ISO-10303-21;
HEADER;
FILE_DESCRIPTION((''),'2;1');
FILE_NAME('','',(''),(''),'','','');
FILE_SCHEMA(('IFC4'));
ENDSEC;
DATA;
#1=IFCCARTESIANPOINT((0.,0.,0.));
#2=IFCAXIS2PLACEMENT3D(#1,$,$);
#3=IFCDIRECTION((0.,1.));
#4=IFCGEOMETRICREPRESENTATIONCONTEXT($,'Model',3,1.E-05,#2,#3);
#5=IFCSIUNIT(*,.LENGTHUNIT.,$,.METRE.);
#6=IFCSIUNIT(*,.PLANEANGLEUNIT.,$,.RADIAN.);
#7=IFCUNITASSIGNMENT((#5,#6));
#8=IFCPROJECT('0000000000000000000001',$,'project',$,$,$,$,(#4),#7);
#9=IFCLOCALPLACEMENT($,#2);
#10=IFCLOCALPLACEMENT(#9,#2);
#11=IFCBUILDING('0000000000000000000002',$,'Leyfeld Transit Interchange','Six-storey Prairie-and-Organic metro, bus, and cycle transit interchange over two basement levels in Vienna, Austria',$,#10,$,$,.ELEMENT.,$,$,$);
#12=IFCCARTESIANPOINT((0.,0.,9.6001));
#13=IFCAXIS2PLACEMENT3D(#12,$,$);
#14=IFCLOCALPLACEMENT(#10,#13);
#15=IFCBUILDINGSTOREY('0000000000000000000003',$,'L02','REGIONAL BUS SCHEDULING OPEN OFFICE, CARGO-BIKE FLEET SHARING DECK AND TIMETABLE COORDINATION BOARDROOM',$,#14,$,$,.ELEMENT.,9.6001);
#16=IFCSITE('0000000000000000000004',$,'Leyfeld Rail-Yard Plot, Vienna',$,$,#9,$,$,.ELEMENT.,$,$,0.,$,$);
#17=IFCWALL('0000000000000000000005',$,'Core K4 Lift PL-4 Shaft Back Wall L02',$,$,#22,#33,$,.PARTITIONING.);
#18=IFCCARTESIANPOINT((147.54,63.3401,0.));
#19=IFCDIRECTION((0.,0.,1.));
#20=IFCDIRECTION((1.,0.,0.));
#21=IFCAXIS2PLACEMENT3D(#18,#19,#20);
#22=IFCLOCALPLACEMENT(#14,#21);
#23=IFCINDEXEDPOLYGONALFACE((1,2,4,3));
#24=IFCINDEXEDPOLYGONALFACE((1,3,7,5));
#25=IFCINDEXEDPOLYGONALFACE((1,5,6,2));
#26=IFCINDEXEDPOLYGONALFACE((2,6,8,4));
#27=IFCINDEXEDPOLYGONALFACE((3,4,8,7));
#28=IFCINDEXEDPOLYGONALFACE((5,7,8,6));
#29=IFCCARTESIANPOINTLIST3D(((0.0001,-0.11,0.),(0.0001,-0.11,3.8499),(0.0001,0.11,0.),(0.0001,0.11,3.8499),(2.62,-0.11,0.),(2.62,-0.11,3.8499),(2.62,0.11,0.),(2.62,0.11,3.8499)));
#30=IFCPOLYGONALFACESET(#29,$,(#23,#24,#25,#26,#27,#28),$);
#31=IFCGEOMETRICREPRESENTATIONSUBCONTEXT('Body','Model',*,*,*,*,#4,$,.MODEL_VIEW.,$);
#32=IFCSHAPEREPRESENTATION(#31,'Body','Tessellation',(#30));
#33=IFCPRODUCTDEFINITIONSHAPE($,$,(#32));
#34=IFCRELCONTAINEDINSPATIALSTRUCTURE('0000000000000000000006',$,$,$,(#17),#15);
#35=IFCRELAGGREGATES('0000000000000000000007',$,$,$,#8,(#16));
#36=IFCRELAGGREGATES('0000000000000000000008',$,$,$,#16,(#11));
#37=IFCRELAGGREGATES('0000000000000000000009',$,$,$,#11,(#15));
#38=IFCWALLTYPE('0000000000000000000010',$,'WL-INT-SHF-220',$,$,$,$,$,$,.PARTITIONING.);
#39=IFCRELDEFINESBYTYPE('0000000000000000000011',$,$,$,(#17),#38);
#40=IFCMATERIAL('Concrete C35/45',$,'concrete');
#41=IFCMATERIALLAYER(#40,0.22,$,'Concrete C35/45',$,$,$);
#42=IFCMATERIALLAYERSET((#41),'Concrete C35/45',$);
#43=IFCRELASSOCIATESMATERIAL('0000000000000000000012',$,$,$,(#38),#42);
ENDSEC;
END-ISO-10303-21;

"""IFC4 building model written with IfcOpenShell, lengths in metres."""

from ifc_helpers import new_model, si_unit, direction, frame, frame_2d, origin, place, context, subcontext, project, spatial, rectangle, extrude, material, layer, layer_set, type_object, element, save


model = new_model("IFC4")

# Units and contexts
model_context = context("Model", 3, precision=1e-05, world=origin(), true_north=direction((0.0, 1.0)))
body_context = subcontext(model_context, "Body", "Model", "MODEL_VIEW")
ifc_project = project(units=[si_unit("LENGTHUNIT", "METRE"), si_unit("PLANEANGLEUNIT", "RADIAN")], contexts=[model_context])

# Site, building, storey
site_placement = place(None, origin())
site = spatial("IfcSite", under=ifc_project, at=site_placement, Name="Leyfeld Rail-Yard Plot, Vienna", CompositionType="ELEMENT", RefElevation=0.0)
building_placement = place(site_placement, origin())
building = spatial("IfcBuilding", under=site, at=building_placement, Name="Leyfeld Transit Interchange", Description="Six-storey Prairie-and-Organic metro, bus, and cycle transit interchange over two basement levels in Vienna, Austria", CompositionType="ELEMENT")
storey_placement = place(building_placement, frame((0.0, 0.0, 9.6001)))
storey = spatial("IfcBuildingStorey", under=building, at=storey_placement, Name="L02", Description="REGIONAL BUS SCHEDULING OPEN OFFICE, CARGO-BIKE FLEET SHARING DECK AND TIMETABLE COORDINATION BOARDROOM", CompositionType="ELEMENT", Elevation=9.6001)

# Shared definitions
ifc_material_1 = material(Name="Concrete C35/45", Category="concrete")

# Wall
ifc_layer_1 = layer(ifc_material_1, 0.22, Name="Concrete C35/45")
ifc_layer_set_1 = layer_set([ifc_layer_1], Name="Concrete C35/45")
wall_type_1 = type_object("IfcWallType", Name="WL-INT-SHF-220", PredefinedType="PARTITIONING", material=ifc_layer_set_1)
wall_1_placement = place(storey_placement, frame((147.54, 63.3401, 0.0), z_axis=(0.0, 0.0, 1.0), x_axis=(1.0, 0.0, 0.0)))
element("IfcWall", 1, at=wall_1_placement, inside=storey, type_object=wall_type_1, Name="Core K4 Lift PL-4 Shaft Back Wall L02", PredefinedType="PARTITIONING", context=body_context, shape_type="SweptSolid", body=[
    extrude(rectangle(XDim=2.6199, YDim=0.22, at=frame_2d((1.3101, 0.0))), origin(), (0.0, 0.0, 1.0), 3.8499),
])

save(model, "model.ifc")
